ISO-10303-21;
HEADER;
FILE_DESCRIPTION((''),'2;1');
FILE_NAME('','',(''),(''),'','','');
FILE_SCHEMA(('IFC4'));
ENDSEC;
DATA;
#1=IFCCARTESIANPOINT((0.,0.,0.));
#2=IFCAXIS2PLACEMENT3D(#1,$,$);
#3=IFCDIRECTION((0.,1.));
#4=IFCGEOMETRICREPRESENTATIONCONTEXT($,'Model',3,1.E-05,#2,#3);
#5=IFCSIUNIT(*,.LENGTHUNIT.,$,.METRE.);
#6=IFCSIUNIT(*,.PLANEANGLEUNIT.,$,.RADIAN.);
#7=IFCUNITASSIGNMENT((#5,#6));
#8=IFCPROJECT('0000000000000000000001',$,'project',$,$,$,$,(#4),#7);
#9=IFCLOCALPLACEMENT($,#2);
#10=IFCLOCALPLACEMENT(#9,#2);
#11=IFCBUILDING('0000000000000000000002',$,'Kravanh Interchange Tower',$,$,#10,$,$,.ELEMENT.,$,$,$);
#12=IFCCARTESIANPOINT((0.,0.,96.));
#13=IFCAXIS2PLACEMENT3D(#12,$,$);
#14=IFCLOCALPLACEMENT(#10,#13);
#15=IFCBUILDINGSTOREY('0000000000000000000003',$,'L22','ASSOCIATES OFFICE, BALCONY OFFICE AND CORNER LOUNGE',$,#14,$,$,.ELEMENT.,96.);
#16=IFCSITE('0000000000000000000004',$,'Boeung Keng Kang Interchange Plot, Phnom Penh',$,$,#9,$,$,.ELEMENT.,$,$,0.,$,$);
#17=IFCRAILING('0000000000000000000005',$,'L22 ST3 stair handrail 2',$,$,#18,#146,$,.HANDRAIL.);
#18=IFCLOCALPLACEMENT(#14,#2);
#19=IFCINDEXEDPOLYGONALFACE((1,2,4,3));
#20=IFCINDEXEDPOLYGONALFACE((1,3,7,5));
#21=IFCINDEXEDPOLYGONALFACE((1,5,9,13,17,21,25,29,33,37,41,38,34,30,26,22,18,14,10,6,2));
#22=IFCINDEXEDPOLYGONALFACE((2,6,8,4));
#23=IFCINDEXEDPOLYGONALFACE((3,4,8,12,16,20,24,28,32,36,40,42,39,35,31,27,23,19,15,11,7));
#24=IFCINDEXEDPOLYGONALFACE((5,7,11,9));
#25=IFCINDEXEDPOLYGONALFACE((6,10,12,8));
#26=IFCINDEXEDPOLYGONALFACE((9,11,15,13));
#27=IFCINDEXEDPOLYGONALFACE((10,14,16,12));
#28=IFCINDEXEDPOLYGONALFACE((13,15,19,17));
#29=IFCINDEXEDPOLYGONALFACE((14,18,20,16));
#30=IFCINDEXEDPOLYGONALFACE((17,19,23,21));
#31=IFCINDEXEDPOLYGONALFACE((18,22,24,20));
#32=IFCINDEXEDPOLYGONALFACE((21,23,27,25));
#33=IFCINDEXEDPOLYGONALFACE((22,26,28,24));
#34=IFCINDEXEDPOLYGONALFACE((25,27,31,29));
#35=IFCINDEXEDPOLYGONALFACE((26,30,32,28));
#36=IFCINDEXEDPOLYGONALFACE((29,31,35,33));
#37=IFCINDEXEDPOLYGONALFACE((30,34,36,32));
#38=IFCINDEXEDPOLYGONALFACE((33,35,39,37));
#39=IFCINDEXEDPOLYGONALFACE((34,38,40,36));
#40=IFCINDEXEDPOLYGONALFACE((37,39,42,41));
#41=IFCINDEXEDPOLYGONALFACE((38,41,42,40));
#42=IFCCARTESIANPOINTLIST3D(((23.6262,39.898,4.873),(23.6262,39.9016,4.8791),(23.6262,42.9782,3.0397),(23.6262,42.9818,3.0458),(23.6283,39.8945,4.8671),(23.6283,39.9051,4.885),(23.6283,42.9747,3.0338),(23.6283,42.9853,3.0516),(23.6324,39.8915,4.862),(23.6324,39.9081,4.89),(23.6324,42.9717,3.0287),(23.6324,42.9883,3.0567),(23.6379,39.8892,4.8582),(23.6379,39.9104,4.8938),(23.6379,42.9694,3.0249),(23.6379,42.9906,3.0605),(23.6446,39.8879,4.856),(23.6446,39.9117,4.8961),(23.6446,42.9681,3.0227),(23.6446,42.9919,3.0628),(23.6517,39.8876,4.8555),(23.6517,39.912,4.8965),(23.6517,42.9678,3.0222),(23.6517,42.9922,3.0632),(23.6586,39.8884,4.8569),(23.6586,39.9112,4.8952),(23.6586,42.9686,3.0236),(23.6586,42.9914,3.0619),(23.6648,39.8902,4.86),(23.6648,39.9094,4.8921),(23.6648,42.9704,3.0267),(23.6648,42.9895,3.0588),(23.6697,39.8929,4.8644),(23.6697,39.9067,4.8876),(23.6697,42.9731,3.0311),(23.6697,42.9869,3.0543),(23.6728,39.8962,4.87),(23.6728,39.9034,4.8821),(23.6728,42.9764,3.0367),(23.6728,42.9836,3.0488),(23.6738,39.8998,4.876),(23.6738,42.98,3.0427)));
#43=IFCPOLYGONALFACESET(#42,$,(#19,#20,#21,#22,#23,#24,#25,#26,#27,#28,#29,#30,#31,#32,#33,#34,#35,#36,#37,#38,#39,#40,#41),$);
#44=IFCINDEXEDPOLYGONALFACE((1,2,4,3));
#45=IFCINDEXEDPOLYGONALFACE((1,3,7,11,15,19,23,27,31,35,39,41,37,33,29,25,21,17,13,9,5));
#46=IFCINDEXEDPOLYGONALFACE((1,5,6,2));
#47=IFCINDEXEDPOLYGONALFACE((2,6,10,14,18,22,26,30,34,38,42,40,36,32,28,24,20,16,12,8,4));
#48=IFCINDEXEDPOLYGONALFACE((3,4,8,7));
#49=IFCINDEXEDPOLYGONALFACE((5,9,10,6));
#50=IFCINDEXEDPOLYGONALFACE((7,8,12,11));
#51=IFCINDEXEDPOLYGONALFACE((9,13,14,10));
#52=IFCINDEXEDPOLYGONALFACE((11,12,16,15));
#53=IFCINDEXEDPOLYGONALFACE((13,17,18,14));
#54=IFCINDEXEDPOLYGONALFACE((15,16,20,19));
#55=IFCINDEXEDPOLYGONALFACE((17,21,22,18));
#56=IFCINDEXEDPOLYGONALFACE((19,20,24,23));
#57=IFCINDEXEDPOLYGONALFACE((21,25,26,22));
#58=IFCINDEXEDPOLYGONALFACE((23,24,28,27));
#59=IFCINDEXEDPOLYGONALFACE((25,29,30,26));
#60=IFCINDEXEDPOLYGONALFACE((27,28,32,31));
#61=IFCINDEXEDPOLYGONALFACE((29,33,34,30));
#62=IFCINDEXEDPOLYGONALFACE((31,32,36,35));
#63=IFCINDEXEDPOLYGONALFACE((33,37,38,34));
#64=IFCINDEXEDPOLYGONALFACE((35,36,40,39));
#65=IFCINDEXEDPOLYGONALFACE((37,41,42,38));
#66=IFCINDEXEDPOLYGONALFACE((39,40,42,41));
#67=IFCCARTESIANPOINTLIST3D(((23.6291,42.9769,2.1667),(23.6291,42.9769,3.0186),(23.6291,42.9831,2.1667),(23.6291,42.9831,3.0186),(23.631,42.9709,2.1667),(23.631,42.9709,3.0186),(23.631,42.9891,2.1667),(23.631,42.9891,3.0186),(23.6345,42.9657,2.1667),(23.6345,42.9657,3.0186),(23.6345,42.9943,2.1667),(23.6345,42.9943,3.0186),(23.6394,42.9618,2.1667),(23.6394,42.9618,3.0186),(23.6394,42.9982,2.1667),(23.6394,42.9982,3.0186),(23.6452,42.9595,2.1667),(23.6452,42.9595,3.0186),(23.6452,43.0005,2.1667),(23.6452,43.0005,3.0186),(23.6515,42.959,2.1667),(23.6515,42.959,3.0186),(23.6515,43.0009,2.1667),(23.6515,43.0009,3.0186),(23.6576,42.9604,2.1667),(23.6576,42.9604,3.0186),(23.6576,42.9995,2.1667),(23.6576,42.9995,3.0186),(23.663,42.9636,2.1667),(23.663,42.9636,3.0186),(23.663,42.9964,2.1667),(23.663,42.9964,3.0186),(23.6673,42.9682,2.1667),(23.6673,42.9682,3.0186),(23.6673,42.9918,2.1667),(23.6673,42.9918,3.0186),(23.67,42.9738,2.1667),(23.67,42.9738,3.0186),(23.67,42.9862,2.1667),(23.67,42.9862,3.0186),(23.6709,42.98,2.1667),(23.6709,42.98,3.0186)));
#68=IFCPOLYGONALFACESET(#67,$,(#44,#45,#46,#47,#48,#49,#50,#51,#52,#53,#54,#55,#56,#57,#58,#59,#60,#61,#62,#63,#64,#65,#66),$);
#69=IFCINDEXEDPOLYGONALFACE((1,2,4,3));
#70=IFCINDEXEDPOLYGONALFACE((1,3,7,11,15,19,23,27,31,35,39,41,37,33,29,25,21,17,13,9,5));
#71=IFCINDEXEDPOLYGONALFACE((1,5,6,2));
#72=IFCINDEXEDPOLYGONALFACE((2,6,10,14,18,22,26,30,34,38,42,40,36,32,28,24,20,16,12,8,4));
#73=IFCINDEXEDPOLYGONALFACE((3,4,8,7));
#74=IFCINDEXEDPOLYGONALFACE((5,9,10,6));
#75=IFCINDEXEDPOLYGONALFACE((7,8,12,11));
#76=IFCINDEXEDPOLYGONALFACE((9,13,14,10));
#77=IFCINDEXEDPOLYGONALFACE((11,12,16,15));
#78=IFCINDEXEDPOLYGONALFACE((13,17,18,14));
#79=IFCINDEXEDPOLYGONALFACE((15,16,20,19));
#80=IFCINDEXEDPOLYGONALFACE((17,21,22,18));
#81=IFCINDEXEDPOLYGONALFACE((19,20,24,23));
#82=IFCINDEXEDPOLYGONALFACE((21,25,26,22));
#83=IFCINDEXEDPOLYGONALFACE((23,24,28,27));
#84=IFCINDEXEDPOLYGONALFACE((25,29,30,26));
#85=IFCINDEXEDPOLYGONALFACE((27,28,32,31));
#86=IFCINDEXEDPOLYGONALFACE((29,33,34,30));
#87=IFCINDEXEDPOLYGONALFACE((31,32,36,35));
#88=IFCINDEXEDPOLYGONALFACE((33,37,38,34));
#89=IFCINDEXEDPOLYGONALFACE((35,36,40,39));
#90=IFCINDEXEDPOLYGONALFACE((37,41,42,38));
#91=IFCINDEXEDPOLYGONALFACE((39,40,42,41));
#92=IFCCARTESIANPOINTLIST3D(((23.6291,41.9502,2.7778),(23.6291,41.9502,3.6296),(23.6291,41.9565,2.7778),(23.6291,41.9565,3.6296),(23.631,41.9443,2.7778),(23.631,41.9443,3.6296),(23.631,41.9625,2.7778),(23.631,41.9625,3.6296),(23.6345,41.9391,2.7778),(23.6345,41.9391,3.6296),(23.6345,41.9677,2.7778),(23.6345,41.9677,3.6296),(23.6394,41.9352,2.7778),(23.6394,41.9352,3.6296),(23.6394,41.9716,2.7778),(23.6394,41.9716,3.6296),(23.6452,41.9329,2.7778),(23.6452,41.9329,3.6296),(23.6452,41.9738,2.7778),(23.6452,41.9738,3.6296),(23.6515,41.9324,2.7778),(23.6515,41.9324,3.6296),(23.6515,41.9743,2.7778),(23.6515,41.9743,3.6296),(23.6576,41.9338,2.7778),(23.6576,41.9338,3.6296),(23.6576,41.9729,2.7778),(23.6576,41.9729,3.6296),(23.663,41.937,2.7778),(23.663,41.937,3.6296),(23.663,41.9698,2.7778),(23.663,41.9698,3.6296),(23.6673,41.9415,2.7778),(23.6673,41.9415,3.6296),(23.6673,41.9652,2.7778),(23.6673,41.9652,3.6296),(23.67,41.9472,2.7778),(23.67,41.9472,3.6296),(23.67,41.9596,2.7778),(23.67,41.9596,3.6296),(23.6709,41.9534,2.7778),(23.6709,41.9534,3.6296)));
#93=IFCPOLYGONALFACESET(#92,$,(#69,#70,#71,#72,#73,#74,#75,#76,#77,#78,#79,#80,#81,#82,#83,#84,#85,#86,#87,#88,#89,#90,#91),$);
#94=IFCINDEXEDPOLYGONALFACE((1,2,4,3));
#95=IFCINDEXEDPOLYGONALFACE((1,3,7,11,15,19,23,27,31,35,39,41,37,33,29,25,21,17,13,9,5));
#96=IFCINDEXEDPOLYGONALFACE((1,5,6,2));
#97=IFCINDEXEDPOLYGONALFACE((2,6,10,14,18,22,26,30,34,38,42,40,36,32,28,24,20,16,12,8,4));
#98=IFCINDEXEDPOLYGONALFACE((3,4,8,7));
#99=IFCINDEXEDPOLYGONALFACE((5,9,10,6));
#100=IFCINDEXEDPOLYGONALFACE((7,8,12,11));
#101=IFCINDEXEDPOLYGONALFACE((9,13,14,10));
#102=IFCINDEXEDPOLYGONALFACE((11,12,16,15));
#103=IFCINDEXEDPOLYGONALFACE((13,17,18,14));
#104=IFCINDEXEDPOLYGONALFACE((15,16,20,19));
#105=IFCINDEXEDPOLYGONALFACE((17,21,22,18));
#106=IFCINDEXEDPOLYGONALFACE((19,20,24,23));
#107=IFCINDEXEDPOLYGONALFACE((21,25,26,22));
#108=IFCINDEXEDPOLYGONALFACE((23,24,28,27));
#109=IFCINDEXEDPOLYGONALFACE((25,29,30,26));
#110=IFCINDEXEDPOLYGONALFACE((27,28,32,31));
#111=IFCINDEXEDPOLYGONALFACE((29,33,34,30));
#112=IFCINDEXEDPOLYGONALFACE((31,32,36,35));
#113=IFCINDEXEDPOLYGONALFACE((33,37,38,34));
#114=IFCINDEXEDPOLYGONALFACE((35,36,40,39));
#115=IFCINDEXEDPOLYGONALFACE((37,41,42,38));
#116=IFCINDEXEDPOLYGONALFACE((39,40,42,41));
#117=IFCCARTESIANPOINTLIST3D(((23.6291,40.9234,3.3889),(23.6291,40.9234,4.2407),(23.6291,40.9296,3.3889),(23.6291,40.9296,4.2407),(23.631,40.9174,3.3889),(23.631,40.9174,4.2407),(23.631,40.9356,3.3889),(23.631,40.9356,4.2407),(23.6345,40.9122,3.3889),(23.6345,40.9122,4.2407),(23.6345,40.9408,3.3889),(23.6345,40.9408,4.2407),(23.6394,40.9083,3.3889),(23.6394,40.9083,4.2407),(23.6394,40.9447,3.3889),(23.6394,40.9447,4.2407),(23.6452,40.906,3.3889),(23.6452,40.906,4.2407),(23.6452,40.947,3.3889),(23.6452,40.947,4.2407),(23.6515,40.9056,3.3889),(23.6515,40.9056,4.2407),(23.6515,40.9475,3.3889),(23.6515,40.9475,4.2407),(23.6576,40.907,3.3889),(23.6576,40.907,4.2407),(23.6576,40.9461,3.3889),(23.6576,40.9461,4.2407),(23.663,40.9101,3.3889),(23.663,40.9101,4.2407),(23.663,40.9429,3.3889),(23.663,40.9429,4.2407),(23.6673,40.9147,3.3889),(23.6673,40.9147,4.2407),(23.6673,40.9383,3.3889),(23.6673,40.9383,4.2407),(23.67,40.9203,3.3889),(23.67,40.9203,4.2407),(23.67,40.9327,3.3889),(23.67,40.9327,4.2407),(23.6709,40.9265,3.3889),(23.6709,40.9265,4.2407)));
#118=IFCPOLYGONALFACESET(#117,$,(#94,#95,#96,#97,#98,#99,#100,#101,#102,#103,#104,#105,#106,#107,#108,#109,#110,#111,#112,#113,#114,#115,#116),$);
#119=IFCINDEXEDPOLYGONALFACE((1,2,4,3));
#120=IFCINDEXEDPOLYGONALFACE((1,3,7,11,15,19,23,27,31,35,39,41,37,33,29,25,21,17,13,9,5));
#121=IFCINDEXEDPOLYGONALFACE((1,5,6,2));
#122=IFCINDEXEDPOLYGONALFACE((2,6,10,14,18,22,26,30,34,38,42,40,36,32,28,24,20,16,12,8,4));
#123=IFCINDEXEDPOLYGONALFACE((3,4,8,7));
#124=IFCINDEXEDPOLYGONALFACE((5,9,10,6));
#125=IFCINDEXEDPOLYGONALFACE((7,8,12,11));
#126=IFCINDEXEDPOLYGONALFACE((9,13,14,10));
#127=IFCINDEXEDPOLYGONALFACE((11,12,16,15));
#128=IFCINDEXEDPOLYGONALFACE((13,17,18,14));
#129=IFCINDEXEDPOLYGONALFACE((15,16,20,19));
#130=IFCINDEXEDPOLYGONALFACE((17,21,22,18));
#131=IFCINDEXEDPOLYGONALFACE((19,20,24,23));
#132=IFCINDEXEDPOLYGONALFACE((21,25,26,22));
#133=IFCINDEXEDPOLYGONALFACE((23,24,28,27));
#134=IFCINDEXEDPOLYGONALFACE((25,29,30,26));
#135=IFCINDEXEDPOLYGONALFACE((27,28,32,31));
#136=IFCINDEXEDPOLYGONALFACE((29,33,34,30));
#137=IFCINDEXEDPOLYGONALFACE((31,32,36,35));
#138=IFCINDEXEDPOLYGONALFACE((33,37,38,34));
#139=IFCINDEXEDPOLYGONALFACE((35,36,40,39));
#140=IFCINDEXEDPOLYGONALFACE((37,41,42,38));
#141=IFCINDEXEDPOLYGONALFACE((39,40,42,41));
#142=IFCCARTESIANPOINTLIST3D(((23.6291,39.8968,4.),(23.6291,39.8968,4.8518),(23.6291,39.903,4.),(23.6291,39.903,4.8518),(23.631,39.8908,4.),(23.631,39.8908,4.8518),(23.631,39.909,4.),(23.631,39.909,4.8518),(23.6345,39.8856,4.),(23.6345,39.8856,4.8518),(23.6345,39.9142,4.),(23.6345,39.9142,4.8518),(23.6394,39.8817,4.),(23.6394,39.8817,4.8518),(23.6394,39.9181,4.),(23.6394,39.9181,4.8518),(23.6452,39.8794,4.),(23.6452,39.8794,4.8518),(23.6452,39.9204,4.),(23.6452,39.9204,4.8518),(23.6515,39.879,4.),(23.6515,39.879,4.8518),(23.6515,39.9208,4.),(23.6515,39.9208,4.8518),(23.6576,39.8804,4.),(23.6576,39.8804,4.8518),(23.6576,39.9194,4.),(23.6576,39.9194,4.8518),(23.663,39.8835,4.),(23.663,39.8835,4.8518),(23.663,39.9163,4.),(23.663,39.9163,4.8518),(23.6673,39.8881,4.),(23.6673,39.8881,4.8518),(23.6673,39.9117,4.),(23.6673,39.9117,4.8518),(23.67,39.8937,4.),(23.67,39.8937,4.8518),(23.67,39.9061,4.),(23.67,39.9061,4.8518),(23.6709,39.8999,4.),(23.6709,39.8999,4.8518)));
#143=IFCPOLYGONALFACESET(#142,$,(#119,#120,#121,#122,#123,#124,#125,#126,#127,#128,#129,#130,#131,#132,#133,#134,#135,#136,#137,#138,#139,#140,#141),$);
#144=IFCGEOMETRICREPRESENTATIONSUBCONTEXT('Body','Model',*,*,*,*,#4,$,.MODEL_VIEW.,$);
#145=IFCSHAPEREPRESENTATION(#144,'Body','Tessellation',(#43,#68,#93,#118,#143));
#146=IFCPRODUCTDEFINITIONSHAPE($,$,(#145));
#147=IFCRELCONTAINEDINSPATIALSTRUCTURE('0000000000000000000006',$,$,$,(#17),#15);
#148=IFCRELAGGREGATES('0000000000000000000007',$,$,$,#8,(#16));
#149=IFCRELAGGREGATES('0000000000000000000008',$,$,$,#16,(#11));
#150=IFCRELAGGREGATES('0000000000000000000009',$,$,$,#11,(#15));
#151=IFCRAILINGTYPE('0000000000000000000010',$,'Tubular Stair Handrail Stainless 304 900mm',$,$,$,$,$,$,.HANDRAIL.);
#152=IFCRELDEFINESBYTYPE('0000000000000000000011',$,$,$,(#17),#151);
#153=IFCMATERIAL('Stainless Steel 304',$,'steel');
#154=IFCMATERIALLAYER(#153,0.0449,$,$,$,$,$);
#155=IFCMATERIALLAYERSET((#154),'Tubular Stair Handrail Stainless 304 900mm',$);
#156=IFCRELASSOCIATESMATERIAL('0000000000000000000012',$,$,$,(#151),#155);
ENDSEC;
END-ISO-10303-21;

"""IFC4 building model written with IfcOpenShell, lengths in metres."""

from ifc_helpers import new_model, si_unit, direction, frame, origin, origin_2d, place, context, subcontext, project, spatial, circle, extrude, material, layer, layer_set, type_object, element, save


model = new_model("IFC4")

# Units and contexts
model_context = context("Model", 3, precision=1e-05, world=origin(), true_north=direction((0.0, 1.0)))
body_context = subcontext(model_context, "Body", "Model", "MODEL_VIEW")
ifc_project = project(units=[si_unit("LENGTHUNIT", "METRE"), si_unit("PLANEANGLEUNIT", "RADIAN")], contexts=[model_context])

# Site, building, storey
site_placement = place(None, origin())
site = spatial("IfcSite", under=ifc_project, at=site_placement, Name="Boeung Keng Kang Interchange Plot, Phnom Penh", CompositionType="ELEMENT", RefElevation=0.0)
building_placement = place(site_placement, origin())
building = spatial("IfcBuilding", under=site, at=building_placement, Name="Kravanh Interchange Tower", CompositionType="ELEMENT")
storey_placement = place(building_placement, frame((0.0, 0.0, 96.0)))
storey = spatial("IfcBuildingStorey", under=building, at=storey_placement, Name="L22", Description="ASSOCIATES OFFICE, BALCONY OFFICE AND CORNER LOUNGE", CompositionType="ELEMENT", Elevation=96.0)

# Railing
ifc_material_1 = material(Name="Stainless Steel 304", Category="steel")
ifc_layer_1 = layer(ifc_material_1, 0.0449)
ifc_layer_set_1 = layer_set([ifc_layer_1], Name="Tubular Stair Handrail Stainless 304 900mm")
railing_type_1 = type_object("IfcRailingType", Name="Tubular Stair Handrail Stainless 304 900mm", PredefinedType="HANDRAIL", material=ifc_layer_set_1)
railing_1_placement = place(storey_placement, frame((23.6499, 42.98, 2.1667)))
element("IfcRailing", 1, at=railing_1_placement, inside=storey, type_object=railing_type_1, Name="L22 ST3 stair handrail 2", PredefinedType="HANDRAIL", context=body_context, shape_type="SweptSolid", body=[
    extrude(circle(Radius=0.0239, at=origin_2d()), frame((0.0, 0.0, 0.876), z_axis=(0.0, -0.859309, 0.511458), x_axis=(1.0, 0.0, 0.0)), (0.0, 0.0, 1.0), 3.5845),
    extrude(circle(Radius=0.021, at=origin_2d()), origin(), (0.0, 0.0, 1.0), 0.8518),
    extrude(circle(Radius=0.021, at=origin_2d()), frame((0.0, -1.0266, 0.6111)), (0.0, 0.0, 1.0), 0.8518),
    extrude(circle(Radius=0.021, at=origin_2d()), frame((0.0, -2.0535, 1.2222)), (0.0, 0.0, 1.0), 0.8518),
    extrude(circle(Radius=0.021, at=origin_2d()), frame((0.0, -3.0801, 1.8333)), (0.0, 0.0, 1.0), 0.8518),
])

save(model, "model.ifc")
